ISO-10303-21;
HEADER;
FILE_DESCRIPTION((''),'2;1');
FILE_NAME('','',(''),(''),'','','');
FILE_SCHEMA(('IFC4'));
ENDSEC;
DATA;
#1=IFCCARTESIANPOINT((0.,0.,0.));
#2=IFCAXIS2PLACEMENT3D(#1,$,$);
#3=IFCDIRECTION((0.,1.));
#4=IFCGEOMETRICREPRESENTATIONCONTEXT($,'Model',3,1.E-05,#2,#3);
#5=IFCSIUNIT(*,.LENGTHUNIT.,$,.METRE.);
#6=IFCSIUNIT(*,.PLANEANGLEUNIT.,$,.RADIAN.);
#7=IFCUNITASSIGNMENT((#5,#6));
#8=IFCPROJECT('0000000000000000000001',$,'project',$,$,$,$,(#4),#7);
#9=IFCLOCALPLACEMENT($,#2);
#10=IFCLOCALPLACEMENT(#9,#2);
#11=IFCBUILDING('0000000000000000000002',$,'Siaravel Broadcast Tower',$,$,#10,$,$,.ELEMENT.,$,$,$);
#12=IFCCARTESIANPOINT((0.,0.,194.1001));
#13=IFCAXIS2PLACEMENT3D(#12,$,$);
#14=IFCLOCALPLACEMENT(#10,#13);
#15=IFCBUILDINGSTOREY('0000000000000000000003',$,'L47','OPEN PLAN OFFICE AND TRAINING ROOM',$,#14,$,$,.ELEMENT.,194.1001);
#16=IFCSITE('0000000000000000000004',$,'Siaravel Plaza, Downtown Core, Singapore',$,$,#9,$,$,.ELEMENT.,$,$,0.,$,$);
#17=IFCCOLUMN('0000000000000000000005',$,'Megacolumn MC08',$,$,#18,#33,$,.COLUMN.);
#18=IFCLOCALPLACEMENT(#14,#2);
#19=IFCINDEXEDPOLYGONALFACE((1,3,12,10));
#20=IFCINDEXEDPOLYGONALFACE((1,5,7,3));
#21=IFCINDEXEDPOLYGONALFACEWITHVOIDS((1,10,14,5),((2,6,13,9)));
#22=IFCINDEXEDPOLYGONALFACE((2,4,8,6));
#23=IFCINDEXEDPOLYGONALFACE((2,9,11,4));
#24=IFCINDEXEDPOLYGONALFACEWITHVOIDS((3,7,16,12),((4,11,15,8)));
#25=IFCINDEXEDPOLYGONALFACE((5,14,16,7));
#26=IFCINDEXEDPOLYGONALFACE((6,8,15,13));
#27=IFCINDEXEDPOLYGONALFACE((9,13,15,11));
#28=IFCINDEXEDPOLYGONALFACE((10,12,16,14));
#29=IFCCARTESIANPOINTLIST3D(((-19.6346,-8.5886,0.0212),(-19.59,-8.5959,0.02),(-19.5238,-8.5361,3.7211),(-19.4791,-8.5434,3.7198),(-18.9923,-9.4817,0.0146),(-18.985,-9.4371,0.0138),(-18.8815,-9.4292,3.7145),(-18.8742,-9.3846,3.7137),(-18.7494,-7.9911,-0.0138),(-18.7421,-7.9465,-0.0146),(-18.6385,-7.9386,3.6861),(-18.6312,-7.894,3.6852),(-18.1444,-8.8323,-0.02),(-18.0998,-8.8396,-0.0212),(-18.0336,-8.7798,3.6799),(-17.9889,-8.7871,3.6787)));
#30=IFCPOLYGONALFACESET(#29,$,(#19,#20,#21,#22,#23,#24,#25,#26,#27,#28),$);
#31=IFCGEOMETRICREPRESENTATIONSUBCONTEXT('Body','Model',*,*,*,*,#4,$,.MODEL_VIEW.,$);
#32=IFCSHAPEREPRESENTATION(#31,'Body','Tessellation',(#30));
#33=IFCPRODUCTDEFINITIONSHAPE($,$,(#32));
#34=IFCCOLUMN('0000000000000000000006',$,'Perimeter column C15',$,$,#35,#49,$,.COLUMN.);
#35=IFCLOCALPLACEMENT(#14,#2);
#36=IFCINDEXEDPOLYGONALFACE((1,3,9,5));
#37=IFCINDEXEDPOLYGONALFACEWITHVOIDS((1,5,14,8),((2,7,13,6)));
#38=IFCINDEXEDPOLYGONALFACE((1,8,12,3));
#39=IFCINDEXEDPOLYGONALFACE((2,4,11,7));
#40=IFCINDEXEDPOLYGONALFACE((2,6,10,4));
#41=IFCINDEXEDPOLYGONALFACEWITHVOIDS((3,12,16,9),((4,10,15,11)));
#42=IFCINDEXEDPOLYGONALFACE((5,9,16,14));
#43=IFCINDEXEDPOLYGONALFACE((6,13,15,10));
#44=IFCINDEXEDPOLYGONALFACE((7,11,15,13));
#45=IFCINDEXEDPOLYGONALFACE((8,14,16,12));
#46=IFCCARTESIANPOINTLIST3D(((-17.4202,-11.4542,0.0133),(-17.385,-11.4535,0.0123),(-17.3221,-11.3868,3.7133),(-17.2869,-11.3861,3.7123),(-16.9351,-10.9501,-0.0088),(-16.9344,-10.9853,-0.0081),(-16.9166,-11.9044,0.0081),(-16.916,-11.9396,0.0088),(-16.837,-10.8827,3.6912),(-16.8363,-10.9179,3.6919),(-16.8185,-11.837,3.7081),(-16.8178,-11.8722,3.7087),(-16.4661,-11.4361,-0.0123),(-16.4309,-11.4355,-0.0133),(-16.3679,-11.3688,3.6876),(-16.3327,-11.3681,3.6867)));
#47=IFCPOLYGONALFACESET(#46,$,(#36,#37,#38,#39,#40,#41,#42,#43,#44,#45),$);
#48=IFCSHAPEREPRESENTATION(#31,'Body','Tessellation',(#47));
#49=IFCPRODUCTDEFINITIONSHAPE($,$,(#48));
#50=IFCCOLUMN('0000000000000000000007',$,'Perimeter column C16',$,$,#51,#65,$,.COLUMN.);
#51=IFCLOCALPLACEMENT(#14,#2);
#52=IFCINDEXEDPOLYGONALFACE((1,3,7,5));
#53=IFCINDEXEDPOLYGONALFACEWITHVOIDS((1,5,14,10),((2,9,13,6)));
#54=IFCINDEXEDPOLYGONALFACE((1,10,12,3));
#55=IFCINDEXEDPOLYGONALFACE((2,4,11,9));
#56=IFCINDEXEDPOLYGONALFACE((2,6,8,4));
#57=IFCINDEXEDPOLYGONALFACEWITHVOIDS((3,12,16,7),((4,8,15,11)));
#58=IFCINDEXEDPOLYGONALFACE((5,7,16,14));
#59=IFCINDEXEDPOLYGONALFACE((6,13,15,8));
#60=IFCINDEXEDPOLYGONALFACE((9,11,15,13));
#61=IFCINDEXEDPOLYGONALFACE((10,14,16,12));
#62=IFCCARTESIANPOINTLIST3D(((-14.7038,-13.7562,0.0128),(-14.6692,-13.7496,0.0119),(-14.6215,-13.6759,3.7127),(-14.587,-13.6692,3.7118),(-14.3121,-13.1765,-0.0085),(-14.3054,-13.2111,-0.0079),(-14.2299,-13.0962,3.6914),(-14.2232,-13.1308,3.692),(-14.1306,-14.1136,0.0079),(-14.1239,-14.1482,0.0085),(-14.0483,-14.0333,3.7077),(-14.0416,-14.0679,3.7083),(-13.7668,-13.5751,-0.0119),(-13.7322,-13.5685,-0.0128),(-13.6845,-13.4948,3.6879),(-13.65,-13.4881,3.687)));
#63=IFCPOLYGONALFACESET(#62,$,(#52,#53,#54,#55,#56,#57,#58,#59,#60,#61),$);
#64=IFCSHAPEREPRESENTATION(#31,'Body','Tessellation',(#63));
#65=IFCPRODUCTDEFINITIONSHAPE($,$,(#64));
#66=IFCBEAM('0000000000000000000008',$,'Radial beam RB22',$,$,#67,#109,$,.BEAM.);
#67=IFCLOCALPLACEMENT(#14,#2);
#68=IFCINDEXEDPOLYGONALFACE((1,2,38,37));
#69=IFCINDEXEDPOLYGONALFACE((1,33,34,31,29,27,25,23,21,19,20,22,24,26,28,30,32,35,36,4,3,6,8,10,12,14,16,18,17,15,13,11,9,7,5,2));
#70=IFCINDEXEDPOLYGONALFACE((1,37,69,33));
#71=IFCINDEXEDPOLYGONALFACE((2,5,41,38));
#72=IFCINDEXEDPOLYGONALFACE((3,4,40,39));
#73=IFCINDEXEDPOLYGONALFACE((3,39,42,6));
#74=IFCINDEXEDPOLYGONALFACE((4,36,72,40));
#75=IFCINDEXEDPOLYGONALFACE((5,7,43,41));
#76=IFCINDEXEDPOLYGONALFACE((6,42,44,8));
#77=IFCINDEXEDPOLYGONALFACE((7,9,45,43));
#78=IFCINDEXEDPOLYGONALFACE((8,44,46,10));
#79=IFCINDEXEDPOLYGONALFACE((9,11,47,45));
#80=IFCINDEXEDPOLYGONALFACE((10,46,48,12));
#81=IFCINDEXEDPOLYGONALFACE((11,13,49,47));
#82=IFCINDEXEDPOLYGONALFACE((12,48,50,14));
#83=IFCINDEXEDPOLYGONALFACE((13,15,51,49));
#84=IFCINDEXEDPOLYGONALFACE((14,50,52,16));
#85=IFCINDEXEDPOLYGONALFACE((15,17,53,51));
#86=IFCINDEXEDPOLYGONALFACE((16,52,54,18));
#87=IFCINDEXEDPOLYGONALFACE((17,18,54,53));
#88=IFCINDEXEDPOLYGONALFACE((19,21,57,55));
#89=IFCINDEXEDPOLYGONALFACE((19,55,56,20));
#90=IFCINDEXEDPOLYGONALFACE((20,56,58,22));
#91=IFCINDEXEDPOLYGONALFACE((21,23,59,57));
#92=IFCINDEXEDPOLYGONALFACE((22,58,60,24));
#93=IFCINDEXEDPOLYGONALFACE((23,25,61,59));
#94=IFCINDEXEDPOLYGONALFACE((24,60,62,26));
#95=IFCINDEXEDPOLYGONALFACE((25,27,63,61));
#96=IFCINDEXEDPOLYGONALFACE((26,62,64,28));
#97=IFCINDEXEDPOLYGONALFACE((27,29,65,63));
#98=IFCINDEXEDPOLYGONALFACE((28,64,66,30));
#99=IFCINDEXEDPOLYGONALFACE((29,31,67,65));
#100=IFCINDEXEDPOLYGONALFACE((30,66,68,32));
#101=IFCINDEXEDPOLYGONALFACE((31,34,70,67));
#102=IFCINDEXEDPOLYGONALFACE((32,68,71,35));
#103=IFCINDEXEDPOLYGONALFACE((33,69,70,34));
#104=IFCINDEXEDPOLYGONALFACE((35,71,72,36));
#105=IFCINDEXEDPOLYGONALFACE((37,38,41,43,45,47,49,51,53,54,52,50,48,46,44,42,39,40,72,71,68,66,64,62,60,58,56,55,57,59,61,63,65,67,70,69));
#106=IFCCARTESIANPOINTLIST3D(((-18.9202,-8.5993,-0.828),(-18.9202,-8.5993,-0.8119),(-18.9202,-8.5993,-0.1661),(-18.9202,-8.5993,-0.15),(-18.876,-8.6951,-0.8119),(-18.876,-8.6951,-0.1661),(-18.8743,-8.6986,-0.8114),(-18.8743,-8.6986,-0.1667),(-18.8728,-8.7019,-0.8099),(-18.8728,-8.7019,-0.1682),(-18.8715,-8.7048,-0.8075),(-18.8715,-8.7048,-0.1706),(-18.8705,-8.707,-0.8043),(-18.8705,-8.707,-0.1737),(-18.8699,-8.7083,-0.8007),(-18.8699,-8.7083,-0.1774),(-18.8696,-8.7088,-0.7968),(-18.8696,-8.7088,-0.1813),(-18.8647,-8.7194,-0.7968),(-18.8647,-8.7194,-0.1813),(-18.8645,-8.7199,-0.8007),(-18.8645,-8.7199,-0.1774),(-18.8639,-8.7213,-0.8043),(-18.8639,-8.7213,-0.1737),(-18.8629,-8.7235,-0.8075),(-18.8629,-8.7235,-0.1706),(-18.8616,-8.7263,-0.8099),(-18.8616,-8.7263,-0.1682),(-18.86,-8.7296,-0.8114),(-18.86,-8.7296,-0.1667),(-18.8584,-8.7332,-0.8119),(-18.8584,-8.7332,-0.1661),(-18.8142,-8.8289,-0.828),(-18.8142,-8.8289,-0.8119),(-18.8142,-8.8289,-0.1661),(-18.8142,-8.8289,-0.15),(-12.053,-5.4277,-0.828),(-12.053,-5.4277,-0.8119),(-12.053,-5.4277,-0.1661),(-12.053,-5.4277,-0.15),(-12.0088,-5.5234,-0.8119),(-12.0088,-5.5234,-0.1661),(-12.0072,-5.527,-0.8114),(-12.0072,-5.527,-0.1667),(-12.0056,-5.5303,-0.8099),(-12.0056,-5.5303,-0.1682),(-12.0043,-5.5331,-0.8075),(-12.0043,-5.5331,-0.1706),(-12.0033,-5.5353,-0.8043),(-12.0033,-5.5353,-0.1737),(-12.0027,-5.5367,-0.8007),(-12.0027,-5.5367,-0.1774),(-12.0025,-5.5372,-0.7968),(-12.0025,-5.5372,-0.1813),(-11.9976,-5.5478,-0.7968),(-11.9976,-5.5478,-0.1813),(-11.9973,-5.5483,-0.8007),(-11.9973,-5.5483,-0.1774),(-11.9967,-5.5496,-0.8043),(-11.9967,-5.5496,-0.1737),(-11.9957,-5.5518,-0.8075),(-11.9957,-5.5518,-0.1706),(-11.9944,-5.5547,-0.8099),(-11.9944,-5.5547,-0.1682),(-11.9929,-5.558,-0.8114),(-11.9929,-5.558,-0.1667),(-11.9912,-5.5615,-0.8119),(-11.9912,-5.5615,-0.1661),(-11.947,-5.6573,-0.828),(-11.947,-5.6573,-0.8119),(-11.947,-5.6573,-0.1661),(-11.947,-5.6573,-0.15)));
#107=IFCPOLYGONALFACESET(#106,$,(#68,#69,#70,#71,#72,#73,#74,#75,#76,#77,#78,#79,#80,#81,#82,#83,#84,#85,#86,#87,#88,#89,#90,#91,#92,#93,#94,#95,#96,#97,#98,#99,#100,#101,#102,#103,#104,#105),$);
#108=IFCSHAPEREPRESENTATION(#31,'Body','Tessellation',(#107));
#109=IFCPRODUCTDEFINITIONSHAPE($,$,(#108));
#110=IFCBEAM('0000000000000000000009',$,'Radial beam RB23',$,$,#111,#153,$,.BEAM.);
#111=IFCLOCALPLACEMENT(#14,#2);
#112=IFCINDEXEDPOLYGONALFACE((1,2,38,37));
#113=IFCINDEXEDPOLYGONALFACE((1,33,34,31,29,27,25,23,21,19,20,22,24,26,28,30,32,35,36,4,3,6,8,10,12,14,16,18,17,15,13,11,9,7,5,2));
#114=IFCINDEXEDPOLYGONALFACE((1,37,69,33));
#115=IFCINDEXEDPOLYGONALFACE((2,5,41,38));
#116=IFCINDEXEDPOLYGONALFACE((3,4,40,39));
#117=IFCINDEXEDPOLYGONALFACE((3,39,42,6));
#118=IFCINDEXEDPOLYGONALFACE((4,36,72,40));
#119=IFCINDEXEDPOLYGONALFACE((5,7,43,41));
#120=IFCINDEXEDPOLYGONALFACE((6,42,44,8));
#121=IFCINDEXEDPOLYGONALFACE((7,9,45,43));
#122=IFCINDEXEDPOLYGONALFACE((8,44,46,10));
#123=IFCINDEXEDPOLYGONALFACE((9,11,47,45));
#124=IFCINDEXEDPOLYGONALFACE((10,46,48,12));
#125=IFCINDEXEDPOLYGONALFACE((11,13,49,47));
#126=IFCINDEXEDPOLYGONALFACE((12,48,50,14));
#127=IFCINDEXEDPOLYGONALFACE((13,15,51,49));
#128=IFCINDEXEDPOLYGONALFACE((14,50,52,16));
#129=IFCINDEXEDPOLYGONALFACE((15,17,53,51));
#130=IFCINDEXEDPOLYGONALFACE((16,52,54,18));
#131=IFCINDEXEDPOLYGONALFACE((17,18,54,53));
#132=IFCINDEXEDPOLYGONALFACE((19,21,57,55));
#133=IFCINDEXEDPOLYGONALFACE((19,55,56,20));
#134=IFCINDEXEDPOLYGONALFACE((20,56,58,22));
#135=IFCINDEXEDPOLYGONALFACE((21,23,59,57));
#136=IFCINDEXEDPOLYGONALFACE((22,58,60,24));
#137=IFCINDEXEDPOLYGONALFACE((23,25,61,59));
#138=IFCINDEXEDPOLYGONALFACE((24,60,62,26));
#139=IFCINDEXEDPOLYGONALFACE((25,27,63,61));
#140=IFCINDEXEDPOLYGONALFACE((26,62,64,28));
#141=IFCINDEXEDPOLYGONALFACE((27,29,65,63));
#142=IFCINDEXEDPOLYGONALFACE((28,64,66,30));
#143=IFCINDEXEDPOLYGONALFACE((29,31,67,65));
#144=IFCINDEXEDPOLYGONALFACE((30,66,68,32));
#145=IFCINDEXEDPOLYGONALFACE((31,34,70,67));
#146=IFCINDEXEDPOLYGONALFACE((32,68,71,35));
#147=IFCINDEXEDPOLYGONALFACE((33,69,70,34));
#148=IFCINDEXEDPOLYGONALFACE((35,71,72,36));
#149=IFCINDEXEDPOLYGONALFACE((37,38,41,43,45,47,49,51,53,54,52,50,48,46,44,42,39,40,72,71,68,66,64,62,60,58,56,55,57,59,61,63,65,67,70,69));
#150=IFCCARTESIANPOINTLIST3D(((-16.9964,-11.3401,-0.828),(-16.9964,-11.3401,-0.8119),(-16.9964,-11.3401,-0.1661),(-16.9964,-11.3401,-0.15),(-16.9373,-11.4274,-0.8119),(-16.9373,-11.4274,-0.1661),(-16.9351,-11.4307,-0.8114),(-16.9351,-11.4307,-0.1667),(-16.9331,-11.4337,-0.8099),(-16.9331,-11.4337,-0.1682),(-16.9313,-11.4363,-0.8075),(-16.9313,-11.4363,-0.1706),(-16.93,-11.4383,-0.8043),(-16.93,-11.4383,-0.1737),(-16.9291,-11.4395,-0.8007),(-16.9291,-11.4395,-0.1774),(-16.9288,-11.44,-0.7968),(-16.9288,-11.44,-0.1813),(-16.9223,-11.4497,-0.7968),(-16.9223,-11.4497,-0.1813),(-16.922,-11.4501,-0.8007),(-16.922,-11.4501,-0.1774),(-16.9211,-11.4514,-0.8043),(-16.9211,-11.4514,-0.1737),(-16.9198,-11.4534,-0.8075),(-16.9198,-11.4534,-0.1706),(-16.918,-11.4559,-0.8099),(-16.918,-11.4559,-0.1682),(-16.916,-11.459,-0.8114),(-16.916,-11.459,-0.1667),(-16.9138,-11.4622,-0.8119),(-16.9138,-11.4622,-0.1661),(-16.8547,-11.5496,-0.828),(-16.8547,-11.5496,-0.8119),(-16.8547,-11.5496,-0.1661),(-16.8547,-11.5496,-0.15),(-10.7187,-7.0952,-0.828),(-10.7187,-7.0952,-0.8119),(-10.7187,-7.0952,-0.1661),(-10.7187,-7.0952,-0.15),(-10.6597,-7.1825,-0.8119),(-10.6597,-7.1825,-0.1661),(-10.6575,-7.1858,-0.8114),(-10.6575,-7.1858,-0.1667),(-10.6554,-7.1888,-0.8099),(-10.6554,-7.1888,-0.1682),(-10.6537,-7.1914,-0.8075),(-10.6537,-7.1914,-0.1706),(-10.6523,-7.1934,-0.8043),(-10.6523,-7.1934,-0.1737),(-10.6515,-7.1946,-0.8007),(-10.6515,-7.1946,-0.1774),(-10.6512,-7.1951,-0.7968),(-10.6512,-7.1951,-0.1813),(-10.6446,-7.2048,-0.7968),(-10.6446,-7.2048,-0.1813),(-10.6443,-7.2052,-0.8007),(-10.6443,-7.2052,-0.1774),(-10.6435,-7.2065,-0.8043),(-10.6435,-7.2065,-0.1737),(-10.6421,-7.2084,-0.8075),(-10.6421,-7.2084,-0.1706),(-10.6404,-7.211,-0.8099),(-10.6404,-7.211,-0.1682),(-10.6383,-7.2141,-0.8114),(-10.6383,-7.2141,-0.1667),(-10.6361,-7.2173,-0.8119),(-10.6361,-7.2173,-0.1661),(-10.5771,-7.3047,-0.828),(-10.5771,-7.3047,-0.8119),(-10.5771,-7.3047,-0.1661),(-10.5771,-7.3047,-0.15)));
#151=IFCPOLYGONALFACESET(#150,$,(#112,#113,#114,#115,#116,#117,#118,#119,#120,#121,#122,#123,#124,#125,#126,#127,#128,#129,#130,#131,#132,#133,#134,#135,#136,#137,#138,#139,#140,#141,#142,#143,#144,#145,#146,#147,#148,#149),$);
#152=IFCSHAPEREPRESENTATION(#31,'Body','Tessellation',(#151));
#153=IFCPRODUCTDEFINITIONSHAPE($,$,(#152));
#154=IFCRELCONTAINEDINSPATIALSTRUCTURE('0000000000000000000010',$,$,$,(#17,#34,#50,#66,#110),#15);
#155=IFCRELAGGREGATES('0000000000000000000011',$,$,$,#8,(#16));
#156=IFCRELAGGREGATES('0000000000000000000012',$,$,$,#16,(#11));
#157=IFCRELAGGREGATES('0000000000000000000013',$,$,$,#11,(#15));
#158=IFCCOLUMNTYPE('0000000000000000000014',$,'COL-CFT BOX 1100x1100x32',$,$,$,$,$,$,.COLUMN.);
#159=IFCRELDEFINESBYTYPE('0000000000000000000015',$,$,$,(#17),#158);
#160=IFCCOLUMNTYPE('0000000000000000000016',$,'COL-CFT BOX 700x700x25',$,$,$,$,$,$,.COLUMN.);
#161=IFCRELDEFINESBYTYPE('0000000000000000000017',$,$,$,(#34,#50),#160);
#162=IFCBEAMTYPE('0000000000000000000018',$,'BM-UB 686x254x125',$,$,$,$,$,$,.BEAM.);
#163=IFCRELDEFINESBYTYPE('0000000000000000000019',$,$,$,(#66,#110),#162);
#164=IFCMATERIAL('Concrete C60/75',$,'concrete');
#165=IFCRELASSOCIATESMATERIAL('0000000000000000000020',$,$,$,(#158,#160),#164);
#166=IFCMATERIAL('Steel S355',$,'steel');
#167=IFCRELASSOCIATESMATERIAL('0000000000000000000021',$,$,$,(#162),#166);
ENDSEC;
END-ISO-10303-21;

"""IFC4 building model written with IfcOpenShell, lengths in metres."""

from ifc_helpers import new_model, si_unit, direction, frame, origin, origin_2d, place, context, subcontext, project, spatial, hollow_rectangle, i_section, extrude, material, material_profile, profile_set, type_object, element, save


model = new_model("IFC4")

# Units and contexts
model_context = context("Model", 3, precision=1e-05, world=origin(), true_north=direction((0.0, 1.0)))
body_context = subcontext(model_context, "Body", "Model", "MODEL_VIEW")
ifc_project = project(units=[si_unit("LENGTHUNIT", "METRE"), si_unit("PLANEANGLEUNIT", "RADIAN")], contexts=[model_context])

# Site, building, storey
site_placement = place(None, origin())
site = spatial("IfcSite", under=ifc_project, at=site_placement, Name="Siaravel Plaza, Downtown Core, Singapore", CompositionType="ELEMENT", RefElevation=0.0)
building_placement = place(site_placement, origin())
building = spatial("IfcBuilding", under=site, at=building_placement, Name="Siaravel Broadcast Tower", CompositionType="ELEMENT")
storey_placement = place(building_placement, frame((0.0, 0.0, 194.1001)))
storey = spatial("IfcBuildingStorey", under=building, at=storey_placement, Name="L47", Description="OPEN PLAN OFFICE AND TRAINING ROOM", CompositionType="ELEMENT", Elevation=194.1001)

# Columns
ifc_material_1 = material(Name="Concrete C60/75", Category="concrete")
ifc_material_profile_1 = material_profile(ifc_material_1, hollow_rectangle(XDim=1.1001, YDim=1.1001, WallThickness=0.032, at=origin_2d()))
ifc_profile_set_1 = profile_set([ifc_material_profile_1], Name="Concrete C60/75")
column_type_1 = type_object("IfcColumnType", Name="COL-CFT BOX 1100x1100x32", PredefinedType="COLUMN", material=ifc_profile_set_1)
column_1_placement = place(storey_placement, frame((-18.8672, -8.7141, 0.0), z_axis=(0.029941, 0.014179, 0.999451), x_axis=(-0.583859, 0.811833, 0.005973)))
element("IfcColumn", 1, at=column_1_placement, inside=storey, type_object=column_type_1, Name="Megacolumn MC08", PredefinedType="COLUMN", context=body_context, shape_type="SweptSolid", body=[
    extrude(hollow_rectangle(XDim=1.1001, YDim=1.1001, WallThickness=0.032, at=origin_2d()), origin(), (0.0, 0.0, 1.0), 3.7019),
])
ifc_material_profile_2 = material_profile(ifc_material_1, hollow_rectangle(XDim=0.7, YDim=0.7, WallThickness=0.0249, at=origin_2d()))
ifc_profile_set_2 = profile_set([ifc_material_profile_2], Name="Concrete C60/75")
column_type_2 = type_object("IfcColumnType", Name="COL-CFT BOX 700x700x25", PredefinedType="COLUMN", material=ifc_profile_set_2)
column_2_placement = place(storey_placement, frame((-16.9255, -11.4448, 0.0), z_axis=(0.026512, 0.018202, 0.999483), x_axis=(-0.720419, 0.693508, 0.00648)))
element("IfcColumn", 2, at=column_2_placement, inside=storey, type_object=column_type_2, Name="Perimeter column C15", PredefinedType="COLUMN", context=body_context, shape_type="SweptSolid", body=[
    extrude(hollow_rectangle(XDim=0.7, YDim=0.7, WallThickness=0.0249, at=origin_2d()), origin(), (0.0, 0.0, 1.0), 3.7019),
])
column_3_placement = place(storey_placement, frame((-14.218, -13.6624, 0.0), z_axis=(0.022226, 0.021699, 0.999517), x_axis=(-0.828497, 0.559958, 0.006267)))
element("IfcColumn", 3, at=column_3_placement, inside=storey, type_object=column_type_2, Name="Perimeter column C16", PredefinedType="COLUMN", context=body_context, shape_type="SweptSolid", body=[
    extrude(hollow_rectangle(XDim=0.7, YDim=0.7, WallThickness=0.0249, at=origin_2d()), origin(), (0.0, 0.0, 1.0), 3.7017),
])

# Beams
ifc_material_2 = material(Name="Steel S355", Category="steel")
ifc_material_profile_3 = material_profile(ifc_material_2, i_section(OverallWidth=0.2529, OverallDepth=0.678, WebThickness=0.0117, FlangeThickness=0.0161, FilletRadius=0.0151, at=origin_2d()))
ifc_profile_set_3 = profile_set([ifc_material_profile_3], Name="Steel S355")
beam_type = type_object("IfcBeamType", Name="BM-UB 686x254x125", PredefinedType="BEAM", material=ifc_profile_set_3)
beam_1_placement = place(storey_placement, frame((-18.8672, -8.7141, -0.489), z_axis=(0.907851, 0.419294, 0.0), x_axis=(-0.419294, 0.907851, 0.0)))
element("IfcBeam", 4, at=beam_1_placement, inside=storey, type_object=beam_type, Name="Radial beam RB22", PredefinedType="BEAM", context=body_context, shape_type="SweptSolid", body=[
    extrude(i_section(OverallWidth=0.2529, OverallDepth=0.678, WebThickness=0.0117, FlangeThickness=0.0161, FilletRadius=0.0151, at=origin_2d()), origin(), (0.0, 0.0, 1.0), 7.5642),
])
beam_2_placement = place(storey_placement, frame((-16.9255, -11.4448, -0.489), z_axis=(0.828389, 0.560153, 0.0), x_axis=(-0.560153, 0.828389, 0.0)))
element("IfcBeam", 5, at=beam_2_placement, inside=storey, type_object=beam_type, Name="Radial beam RB23", PredefinedType="BEAM", context=body_context, shape_type="SweptSolid", body=[
    extrude(i_section(OverallWidth=0.2529, OverallDepth=0.678, WebThickness=0.0117, FlangeThickness=0.0161, FilletRadius=0.0151, at=origin_2d()), origin(), (0.0, 0.0, 1.0), 7.5781),
])

save(model, "model.ifc")
